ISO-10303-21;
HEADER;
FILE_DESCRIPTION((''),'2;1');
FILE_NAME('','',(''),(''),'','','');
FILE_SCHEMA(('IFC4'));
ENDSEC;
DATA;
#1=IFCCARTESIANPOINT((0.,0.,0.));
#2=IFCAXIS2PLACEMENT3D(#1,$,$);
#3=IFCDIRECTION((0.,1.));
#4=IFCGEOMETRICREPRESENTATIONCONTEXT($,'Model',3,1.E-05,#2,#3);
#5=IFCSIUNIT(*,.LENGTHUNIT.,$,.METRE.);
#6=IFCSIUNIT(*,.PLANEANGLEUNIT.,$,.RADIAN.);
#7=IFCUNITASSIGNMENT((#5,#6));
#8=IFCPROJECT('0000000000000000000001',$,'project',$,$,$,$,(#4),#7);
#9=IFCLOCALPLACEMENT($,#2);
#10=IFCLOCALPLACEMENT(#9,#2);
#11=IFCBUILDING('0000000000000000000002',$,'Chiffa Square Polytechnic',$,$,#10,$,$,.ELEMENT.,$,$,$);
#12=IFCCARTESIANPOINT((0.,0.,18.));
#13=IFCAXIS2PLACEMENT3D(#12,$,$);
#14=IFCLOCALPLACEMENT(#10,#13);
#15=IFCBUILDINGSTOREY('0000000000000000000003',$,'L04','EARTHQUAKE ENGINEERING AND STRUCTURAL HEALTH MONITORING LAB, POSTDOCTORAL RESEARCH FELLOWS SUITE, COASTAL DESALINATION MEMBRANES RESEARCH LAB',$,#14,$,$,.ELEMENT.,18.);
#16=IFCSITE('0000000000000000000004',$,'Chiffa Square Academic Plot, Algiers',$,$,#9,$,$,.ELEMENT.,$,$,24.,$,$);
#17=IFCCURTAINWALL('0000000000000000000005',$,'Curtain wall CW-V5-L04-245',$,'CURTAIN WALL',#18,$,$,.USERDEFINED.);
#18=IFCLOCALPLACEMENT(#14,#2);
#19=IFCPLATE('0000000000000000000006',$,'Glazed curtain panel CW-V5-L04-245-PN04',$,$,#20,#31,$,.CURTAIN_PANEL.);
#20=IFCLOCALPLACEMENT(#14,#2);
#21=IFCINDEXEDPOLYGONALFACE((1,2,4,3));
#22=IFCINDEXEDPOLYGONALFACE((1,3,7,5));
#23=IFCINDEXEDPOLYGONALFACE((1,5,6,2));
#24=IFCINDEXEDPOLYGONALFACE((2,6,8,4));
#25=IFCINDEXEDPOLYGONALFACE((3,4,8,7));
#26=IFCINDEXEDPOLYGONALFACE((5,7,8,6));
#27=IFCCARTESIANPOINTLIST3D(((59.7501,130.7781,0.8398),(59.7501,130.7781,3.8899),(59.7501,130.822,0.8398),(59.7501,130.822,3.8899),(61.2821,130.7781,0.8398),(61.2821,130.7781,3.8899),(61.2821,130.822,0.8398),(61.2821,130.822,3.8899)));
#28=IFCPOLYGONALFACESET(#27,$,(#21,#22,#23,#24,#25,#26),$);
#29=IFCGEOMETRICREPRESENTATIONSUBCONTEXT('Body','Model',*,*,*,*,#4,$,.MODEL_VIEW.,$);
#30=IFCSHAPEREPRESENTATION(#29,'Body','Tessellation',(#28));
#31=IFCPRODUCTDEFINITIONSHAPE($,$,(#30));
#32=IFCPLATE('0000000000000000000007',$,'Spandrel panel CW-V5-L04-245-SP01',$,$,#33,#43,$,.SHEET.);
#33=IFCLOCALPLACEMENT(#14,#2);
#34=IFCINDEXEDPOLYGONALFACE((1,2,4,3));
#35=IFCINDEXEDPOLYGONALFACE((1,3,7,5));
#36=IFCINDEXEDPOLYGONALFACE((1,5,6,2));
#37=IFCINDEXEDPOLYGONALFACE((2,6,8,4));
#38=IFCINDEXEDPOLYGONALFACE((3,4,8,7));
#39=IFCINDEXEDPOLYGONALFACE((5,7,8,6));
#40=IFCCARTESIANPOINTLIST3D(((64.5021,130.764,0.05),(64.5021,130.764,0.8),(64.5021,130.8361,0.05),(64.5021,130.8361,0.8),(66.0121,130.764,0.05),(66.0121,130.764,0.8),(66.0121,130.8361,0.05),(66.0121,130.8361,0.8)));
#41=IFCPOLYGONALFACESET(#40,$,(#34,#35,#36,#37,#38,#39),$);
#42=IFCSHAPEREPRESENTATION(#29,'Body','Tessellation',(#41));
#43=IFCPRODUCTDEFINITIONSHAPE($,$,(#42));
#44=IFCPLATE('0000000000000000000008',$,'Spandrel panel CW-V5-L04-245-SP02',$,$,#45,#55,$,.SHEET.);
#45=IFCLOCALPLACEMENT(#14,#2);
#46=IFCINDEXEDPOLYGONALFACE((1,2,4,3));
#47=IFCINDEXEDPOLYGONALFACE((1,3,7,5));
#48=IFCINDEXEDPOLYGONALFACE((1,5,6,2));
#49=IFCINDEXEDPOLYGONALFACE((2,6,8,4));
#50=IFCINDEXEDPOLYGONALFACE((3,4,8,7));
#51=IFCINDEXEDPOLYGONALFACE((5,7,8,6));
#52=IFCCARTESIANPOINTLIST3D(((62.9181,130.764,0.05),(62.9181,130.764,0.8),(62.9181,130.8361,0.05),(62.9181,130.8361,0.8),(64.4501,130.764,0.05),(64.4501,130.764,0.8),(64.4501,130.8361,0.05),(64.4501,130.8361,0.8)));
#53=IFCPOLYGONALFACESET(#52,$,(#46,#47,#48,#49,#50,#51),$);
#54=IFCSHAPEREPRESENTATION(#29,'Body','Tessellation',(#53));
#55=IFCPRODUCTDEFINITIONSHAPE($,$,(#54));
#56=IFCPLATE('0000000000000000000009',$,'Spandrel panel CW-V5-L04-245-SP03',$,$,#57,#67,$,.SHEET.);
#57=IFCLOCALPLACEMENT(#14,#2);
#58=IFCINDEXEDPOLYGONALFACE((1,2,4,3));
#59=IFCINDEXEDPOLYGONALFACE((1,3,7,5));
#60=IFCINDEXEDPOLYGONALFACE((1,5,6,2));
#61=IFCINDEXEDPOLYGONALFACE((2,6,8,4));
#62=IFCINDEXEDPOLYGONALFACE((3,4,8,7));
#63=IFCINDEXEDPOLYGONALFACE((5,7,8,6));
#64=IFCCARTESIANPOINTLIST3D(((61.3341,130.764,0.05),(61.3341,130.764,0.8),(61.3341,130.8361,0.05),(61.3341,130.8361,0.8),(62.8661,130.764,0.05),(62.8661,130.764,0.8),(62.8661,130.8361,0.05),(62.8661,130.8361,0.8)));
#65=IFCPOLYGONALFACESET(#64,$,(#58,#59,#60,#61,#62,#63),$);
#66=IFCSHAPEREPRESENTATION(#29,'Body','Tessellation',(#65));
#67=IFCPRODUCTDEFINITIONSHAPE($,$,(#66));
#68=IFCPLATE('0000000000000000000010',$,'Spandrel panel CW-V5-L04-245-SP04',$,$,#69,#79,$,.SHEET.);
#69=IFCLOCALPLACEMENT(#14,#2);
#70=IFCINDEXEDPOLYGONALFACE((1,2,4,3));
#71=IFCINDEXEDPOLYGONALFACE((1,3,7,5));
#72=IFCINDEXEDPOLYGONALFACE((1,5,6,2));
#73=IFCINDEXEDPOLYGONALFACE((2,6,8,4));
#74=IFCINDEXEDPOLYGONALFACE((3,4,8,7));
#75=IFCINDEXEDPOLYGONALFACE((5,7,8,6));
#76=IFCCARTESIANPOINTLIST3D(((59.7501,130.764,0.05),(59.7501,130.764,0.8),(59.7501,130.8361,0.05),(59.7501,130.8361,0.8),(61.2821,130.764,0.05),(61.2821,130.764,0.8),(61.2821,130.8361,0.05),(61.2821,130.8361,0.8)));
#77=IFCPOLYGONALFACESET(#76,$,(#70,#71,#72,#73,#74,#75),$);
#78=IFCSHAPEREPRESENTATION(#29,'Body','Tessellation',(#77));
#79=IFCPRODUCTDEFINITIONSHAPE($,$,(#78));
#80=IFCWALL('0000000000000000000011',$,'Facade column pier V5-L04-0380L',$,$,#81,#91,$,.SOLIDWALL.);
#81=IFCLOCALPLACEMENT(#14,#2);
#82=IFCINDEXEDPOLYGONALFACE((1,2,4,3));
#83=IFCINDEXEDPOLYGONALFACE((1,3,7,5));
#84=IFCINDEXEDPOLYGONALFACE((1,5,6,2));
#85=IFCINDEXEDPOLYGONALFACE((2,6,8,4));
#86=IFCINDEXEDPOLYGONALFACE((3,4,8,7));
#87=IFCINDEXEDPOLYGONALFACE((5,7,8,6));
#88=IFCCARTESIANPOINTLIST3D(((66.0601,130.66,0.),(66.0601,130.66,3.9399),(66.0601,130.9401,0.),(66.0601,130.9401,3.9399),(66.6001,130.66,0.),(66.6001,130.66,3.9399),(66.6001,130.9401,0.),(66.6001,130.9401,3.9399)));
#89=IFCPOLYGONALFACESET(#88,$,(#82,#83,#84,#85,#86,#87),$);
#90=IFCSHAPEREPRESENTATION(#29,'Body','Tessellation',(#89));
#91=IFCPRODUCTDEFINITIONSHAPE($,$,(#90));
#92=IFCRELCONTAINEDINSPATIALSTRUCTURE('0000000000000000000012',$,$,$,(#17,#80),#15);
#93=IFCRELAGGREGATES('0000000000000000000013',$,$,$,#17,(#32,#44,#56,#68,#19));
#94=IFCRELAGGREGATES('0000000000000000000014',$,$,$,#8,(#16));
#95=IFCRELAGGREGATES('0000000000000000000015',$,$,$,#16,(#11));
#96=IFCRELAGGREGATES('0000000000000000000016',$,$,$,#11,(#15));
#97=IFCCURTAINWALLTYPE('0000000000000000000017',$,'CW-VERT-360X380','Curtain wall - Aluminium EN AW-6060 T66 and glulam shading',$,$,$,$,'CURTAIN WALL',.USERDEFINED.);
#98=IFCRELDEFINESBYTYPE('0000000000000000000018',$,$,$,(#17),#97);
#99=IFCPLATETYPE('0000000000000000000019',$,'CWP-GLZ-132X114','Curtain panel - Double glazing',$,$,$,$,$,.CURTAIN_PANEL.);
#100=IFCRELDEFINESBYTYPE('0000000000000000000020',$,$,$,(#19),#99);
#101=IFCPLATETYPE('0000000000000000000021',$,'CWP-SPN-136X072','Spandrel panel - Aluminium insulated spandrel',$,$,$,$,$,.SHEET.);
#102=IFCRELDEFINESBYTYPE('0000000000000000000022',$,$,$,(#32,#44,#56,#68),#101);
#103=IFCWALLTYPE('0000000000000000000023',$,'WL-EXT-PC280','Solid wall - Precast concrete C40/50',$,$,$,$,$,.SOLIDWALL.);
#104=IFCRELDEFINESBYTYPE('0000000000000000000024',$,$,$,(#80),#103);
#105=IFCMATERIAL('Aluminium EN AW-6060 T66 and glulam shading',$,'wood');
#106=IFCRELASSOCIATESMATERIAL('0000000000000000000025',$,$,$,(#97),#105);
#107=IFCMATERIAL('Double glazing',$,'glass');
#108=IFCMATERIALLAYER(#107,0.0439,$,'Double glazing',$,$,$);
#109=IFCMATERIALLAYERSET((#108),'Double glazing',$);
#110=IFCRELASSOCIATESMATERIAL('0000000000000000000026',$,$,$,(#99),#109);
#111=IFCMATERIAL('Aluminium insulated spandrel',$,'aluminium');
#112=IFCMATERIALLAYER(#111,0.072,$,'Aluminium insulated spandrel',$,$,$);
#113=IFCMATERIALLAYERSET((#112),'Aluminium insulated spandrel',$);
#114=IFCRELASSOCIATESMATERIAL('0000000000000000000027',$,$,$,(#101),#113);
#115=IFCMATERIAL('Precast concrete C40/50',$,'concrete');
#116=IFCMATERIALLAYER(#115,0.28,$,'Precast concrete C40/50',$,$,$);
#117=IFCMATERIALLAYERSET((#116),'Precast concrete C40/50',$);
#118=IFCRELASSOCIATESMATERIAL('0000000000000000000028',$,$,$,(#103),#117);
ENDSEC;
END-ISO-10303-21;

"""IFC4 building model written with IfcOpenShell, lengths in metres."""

from ifc_helpers import new_model, si_unit, direction, frame, frame_2d, origin, origin_2d, place, context, subcontext, project, spatial, rectangle, extrude, material, layer, layer_set, type_object, element, aggregate, save


model = new_model("IFC4")

# Units and contexts
model_context = context("Model", 3, precision=1e-05, world=origin(), true_north=direction((0.0, 1.0)))
body_context = subcontext(model_context, "Body", "Model", "MODEL_VIEW")
ifc_project = project(units=[si_unit("LENGTHUNIT", "METRE"), si_unit("PLANEANGLEUNIT", "RADIAN")], contexts=[model_context])

# Site, building, storey
site_placement = place(None, origin())
site = spatial("IfcSite", under=ifc_project, at=site_placement, Name="Chiffa Square Academic Plot, Algiers", CompositionType="ELEMENT", RefElevation=24.0)
building_placement = place(site_placement, origin())
building = spatial("IfcBuilding", under=site, at=building_placement, Name="Chiffa Square Polytechnic", CompositionType="ELEMENT")
storey_placement = place(building_placement, frame((0.0, 0.0, 18.0)))
storey = spatial("IfcBuildingStorey", under=building, at=storey_placement, Name="L04", Description="EARTHQUAKE ENGINEERING AND STRUCTURAL HEALTH MONITORING LAB, POSTDOCTORAL RESEARCH FELLOWS SUITE, COASTAL DESALINATION MEMBRANES RESEARCH LAB", CompositionType="ELEMENT", Elevation=18.0)

# Curtain wall
ifc_material_1 = material(Name="Aluminium EN AW-6060 T66 and glulam shading", Category="wood")
curtain_wall_type = type_object("IfcCurtainWallType", Name="CW-VERT-360X380", Description="Curtain wall - Aluminium EN AW-6060 T66 and glulam shading", ElementType="CURTAIN WALL", PredefinedType="USERDEFINED", material=ifc_material_1)
curtain_wall_placement = place(storey_placement, origin())
curtain_wall = element("IfcCurtainWall", 1, at=curtain_wall_placement, inside=storey, type_object=curtain_wall_type, Name="Curtain wall CW-V5-L04-245", ObjectType="CURTAIN WALL", PredefinedType="USERDEFINED")

# Plates
ifc_material_2 = material(Name="Double glazing", Category="glass")
ifc_layer_1 = layer(ifc_material_2, 0.0439, Name="Double glazing")
ifc_layer_set_1 = layer_set([ifc_layer_1], Name="Double glazing")
plate_type_1 = type_object("IfcPlateType", Name="CWP-GLZ-132X114", Description="Curtain panel - Double glazing", PredefinedType="CURTAIN_PANEL", material=ifc_layer_set_1)
plate_1_placement = place(storey_placement, frame((60.5161, 130.8, 0.8398), z_axis=(0.0, 0.0, 1.0), x_axis=(-1.0, 0.0, 0.0)))
plate_1 = element("IfcPlate", 2, at=plate_1_placement, type_object=plate_type_1, Name="Glazed curtain panel CW-V5-L04-245-PN04", PredefinedType="CURTAIN_PANEL", context=body_context, shape_type="SweptSolid", body=[
    extrude(rectangle(XDim=1.532, YDim=0.0439, at=origin_2d()), origin(), (0.0, 0.0, 1.0), 3.05),
])
ifc_material_3 = material(Name="Aluminium insulated spandrel", Category="aluminium")
ifc_layer_2 = layer(ifc_material_3, 0.072, Name="Aluminium insulated spandrel")
ifc_layer_set_2 = layer_set([ifc_layer_2], Name="Aluminium insulated spandrel")
plate_type_2 = type_object("IfcPlateType", Name="CWP-SPN-136X072", Description="Spandrel panel - Aluminium insulated spandrel", PredefinedType="SHEET", material=ifc_layer_set_2)
plate_2_placement = place(storey_placement, frame((65.2571, 130.8, 0.05), z_axis=(0.0, 0.0, 1.0), x_axis=(-1.0, 0.0, 0.0)))
plate_2 = element("IfcPlate", 3, at=plate_2_placement, type_object=plate_type_2, Name="Spandrel panel CW-V5-L04-245-SP01", PredefinedType="SHEET", context=body_context, shape_type="SweptSolid", body=[
    extrude(rectangle(XDim=1.51, YDim=0.072, at=origin_2d()), origin(), (0.0, 0.0, 1.0), 0.75),
])
plate_3_placement = place(storey_placement, frame((63.6841, 130.8, 0.05), z_axis=(0.0, 0.0, 1.0), x_axis=(-1.0, 0.0, 0.0)))
plate_3 = element("IfcPlate", 4, at=plate_3_placement, type_object=plate_type_2, Name="Spandrel panel CW-V5-L04-245-SP02", PredefinedType="SHEET", context=body_context, shape_type="SweptSolid", body=[
    extrude(rectangle(XDim=1.532, YDim=0.072, at=origin_2d()), origin(), (0.0, 0.0, 1.0), 0.75),
])
plate_4_placement = place(storey_placement, frame((62.1001, 130.8, 0.05), z_axis=(0.0, 0.0, 1.0), x_axis=(-1.0, 0.0, 0.0)))
plate_4 = element("IfcPlate", 5, at=plate_4_placement, type_object=plate_type_2, Name="Spandrel panel CW-V5-L04-245-SP03", PredefinedType="SHEET", context=body_context, shape_type="SweptSolid", body=[
    extrude(rectangle(XDim=1.532, YDim=0.072, at=origin_2d()), origin(), (0.0, 0.0, 1.0), 0.75),
])
plate_5_placement = place(storey_placement, frame((60.5161, 130.8, 0.05), z_axis=(0.0, 0.0, 1.0), x_axis=(-1.0, 0.0, 0.0)))
plate_5 = element("IfcPlate", 6, at=plate_5_placement, type_object=plate_type_2, Name="Spandrel panel CW-V5-L04-245-SP04", PredefinedType="SHEET", context=body_context, shape_type="SweptSolid", body=[
    extrude(rectangle(XDim=1.532, YDim=0.072, at=origin_2d()), origin(), (0.0, 0.0, 1.0), 0.75),
])
aggregate(curtain_wall, [plate_2, plate_3, plate_4, plate_5, plate_1])

# Wall
ifc_material_4 = material(Name="Precast concrete C40/50", Category="concrete")
ifc_layer_3 = layer(ifc_material_4, 0.28, Name="Precast concrete C40/50")
ifc_layer_set_3 = layer_set([ifc_layer_3], Name="Precast concrete C40/50")
wall_type = type_object("IfcWallType", Name="WL-EXT-PC280", Description="Solid wall - Precast concrete C40/50", PredefinedType="SOLIDWALL", material=ifc_layer_set_3)
wall_placement = place(storey_placement, frame((66.6001, 130.8, 0.0), z_axis=(0.0, 0.0, 1.0), x_axis=(-1.0, 0.0, 0.0)))
element("IfcWall", 7, at=wall_placement, inside=storey, type_object=wall_type, Name="Facade column pier V5-L04-0380L", PredefinedType="SOLIDWALL", context=body_context, shape_type="SweptSolid", body=[
    extrude(rectangle(XDim=0.54, YDim=0.28, at=frame_2d((0.27, 0.0))), origin(), (0.0, 0.0, 1.0), 3.9399),
])

save(model, "model.ifc")
